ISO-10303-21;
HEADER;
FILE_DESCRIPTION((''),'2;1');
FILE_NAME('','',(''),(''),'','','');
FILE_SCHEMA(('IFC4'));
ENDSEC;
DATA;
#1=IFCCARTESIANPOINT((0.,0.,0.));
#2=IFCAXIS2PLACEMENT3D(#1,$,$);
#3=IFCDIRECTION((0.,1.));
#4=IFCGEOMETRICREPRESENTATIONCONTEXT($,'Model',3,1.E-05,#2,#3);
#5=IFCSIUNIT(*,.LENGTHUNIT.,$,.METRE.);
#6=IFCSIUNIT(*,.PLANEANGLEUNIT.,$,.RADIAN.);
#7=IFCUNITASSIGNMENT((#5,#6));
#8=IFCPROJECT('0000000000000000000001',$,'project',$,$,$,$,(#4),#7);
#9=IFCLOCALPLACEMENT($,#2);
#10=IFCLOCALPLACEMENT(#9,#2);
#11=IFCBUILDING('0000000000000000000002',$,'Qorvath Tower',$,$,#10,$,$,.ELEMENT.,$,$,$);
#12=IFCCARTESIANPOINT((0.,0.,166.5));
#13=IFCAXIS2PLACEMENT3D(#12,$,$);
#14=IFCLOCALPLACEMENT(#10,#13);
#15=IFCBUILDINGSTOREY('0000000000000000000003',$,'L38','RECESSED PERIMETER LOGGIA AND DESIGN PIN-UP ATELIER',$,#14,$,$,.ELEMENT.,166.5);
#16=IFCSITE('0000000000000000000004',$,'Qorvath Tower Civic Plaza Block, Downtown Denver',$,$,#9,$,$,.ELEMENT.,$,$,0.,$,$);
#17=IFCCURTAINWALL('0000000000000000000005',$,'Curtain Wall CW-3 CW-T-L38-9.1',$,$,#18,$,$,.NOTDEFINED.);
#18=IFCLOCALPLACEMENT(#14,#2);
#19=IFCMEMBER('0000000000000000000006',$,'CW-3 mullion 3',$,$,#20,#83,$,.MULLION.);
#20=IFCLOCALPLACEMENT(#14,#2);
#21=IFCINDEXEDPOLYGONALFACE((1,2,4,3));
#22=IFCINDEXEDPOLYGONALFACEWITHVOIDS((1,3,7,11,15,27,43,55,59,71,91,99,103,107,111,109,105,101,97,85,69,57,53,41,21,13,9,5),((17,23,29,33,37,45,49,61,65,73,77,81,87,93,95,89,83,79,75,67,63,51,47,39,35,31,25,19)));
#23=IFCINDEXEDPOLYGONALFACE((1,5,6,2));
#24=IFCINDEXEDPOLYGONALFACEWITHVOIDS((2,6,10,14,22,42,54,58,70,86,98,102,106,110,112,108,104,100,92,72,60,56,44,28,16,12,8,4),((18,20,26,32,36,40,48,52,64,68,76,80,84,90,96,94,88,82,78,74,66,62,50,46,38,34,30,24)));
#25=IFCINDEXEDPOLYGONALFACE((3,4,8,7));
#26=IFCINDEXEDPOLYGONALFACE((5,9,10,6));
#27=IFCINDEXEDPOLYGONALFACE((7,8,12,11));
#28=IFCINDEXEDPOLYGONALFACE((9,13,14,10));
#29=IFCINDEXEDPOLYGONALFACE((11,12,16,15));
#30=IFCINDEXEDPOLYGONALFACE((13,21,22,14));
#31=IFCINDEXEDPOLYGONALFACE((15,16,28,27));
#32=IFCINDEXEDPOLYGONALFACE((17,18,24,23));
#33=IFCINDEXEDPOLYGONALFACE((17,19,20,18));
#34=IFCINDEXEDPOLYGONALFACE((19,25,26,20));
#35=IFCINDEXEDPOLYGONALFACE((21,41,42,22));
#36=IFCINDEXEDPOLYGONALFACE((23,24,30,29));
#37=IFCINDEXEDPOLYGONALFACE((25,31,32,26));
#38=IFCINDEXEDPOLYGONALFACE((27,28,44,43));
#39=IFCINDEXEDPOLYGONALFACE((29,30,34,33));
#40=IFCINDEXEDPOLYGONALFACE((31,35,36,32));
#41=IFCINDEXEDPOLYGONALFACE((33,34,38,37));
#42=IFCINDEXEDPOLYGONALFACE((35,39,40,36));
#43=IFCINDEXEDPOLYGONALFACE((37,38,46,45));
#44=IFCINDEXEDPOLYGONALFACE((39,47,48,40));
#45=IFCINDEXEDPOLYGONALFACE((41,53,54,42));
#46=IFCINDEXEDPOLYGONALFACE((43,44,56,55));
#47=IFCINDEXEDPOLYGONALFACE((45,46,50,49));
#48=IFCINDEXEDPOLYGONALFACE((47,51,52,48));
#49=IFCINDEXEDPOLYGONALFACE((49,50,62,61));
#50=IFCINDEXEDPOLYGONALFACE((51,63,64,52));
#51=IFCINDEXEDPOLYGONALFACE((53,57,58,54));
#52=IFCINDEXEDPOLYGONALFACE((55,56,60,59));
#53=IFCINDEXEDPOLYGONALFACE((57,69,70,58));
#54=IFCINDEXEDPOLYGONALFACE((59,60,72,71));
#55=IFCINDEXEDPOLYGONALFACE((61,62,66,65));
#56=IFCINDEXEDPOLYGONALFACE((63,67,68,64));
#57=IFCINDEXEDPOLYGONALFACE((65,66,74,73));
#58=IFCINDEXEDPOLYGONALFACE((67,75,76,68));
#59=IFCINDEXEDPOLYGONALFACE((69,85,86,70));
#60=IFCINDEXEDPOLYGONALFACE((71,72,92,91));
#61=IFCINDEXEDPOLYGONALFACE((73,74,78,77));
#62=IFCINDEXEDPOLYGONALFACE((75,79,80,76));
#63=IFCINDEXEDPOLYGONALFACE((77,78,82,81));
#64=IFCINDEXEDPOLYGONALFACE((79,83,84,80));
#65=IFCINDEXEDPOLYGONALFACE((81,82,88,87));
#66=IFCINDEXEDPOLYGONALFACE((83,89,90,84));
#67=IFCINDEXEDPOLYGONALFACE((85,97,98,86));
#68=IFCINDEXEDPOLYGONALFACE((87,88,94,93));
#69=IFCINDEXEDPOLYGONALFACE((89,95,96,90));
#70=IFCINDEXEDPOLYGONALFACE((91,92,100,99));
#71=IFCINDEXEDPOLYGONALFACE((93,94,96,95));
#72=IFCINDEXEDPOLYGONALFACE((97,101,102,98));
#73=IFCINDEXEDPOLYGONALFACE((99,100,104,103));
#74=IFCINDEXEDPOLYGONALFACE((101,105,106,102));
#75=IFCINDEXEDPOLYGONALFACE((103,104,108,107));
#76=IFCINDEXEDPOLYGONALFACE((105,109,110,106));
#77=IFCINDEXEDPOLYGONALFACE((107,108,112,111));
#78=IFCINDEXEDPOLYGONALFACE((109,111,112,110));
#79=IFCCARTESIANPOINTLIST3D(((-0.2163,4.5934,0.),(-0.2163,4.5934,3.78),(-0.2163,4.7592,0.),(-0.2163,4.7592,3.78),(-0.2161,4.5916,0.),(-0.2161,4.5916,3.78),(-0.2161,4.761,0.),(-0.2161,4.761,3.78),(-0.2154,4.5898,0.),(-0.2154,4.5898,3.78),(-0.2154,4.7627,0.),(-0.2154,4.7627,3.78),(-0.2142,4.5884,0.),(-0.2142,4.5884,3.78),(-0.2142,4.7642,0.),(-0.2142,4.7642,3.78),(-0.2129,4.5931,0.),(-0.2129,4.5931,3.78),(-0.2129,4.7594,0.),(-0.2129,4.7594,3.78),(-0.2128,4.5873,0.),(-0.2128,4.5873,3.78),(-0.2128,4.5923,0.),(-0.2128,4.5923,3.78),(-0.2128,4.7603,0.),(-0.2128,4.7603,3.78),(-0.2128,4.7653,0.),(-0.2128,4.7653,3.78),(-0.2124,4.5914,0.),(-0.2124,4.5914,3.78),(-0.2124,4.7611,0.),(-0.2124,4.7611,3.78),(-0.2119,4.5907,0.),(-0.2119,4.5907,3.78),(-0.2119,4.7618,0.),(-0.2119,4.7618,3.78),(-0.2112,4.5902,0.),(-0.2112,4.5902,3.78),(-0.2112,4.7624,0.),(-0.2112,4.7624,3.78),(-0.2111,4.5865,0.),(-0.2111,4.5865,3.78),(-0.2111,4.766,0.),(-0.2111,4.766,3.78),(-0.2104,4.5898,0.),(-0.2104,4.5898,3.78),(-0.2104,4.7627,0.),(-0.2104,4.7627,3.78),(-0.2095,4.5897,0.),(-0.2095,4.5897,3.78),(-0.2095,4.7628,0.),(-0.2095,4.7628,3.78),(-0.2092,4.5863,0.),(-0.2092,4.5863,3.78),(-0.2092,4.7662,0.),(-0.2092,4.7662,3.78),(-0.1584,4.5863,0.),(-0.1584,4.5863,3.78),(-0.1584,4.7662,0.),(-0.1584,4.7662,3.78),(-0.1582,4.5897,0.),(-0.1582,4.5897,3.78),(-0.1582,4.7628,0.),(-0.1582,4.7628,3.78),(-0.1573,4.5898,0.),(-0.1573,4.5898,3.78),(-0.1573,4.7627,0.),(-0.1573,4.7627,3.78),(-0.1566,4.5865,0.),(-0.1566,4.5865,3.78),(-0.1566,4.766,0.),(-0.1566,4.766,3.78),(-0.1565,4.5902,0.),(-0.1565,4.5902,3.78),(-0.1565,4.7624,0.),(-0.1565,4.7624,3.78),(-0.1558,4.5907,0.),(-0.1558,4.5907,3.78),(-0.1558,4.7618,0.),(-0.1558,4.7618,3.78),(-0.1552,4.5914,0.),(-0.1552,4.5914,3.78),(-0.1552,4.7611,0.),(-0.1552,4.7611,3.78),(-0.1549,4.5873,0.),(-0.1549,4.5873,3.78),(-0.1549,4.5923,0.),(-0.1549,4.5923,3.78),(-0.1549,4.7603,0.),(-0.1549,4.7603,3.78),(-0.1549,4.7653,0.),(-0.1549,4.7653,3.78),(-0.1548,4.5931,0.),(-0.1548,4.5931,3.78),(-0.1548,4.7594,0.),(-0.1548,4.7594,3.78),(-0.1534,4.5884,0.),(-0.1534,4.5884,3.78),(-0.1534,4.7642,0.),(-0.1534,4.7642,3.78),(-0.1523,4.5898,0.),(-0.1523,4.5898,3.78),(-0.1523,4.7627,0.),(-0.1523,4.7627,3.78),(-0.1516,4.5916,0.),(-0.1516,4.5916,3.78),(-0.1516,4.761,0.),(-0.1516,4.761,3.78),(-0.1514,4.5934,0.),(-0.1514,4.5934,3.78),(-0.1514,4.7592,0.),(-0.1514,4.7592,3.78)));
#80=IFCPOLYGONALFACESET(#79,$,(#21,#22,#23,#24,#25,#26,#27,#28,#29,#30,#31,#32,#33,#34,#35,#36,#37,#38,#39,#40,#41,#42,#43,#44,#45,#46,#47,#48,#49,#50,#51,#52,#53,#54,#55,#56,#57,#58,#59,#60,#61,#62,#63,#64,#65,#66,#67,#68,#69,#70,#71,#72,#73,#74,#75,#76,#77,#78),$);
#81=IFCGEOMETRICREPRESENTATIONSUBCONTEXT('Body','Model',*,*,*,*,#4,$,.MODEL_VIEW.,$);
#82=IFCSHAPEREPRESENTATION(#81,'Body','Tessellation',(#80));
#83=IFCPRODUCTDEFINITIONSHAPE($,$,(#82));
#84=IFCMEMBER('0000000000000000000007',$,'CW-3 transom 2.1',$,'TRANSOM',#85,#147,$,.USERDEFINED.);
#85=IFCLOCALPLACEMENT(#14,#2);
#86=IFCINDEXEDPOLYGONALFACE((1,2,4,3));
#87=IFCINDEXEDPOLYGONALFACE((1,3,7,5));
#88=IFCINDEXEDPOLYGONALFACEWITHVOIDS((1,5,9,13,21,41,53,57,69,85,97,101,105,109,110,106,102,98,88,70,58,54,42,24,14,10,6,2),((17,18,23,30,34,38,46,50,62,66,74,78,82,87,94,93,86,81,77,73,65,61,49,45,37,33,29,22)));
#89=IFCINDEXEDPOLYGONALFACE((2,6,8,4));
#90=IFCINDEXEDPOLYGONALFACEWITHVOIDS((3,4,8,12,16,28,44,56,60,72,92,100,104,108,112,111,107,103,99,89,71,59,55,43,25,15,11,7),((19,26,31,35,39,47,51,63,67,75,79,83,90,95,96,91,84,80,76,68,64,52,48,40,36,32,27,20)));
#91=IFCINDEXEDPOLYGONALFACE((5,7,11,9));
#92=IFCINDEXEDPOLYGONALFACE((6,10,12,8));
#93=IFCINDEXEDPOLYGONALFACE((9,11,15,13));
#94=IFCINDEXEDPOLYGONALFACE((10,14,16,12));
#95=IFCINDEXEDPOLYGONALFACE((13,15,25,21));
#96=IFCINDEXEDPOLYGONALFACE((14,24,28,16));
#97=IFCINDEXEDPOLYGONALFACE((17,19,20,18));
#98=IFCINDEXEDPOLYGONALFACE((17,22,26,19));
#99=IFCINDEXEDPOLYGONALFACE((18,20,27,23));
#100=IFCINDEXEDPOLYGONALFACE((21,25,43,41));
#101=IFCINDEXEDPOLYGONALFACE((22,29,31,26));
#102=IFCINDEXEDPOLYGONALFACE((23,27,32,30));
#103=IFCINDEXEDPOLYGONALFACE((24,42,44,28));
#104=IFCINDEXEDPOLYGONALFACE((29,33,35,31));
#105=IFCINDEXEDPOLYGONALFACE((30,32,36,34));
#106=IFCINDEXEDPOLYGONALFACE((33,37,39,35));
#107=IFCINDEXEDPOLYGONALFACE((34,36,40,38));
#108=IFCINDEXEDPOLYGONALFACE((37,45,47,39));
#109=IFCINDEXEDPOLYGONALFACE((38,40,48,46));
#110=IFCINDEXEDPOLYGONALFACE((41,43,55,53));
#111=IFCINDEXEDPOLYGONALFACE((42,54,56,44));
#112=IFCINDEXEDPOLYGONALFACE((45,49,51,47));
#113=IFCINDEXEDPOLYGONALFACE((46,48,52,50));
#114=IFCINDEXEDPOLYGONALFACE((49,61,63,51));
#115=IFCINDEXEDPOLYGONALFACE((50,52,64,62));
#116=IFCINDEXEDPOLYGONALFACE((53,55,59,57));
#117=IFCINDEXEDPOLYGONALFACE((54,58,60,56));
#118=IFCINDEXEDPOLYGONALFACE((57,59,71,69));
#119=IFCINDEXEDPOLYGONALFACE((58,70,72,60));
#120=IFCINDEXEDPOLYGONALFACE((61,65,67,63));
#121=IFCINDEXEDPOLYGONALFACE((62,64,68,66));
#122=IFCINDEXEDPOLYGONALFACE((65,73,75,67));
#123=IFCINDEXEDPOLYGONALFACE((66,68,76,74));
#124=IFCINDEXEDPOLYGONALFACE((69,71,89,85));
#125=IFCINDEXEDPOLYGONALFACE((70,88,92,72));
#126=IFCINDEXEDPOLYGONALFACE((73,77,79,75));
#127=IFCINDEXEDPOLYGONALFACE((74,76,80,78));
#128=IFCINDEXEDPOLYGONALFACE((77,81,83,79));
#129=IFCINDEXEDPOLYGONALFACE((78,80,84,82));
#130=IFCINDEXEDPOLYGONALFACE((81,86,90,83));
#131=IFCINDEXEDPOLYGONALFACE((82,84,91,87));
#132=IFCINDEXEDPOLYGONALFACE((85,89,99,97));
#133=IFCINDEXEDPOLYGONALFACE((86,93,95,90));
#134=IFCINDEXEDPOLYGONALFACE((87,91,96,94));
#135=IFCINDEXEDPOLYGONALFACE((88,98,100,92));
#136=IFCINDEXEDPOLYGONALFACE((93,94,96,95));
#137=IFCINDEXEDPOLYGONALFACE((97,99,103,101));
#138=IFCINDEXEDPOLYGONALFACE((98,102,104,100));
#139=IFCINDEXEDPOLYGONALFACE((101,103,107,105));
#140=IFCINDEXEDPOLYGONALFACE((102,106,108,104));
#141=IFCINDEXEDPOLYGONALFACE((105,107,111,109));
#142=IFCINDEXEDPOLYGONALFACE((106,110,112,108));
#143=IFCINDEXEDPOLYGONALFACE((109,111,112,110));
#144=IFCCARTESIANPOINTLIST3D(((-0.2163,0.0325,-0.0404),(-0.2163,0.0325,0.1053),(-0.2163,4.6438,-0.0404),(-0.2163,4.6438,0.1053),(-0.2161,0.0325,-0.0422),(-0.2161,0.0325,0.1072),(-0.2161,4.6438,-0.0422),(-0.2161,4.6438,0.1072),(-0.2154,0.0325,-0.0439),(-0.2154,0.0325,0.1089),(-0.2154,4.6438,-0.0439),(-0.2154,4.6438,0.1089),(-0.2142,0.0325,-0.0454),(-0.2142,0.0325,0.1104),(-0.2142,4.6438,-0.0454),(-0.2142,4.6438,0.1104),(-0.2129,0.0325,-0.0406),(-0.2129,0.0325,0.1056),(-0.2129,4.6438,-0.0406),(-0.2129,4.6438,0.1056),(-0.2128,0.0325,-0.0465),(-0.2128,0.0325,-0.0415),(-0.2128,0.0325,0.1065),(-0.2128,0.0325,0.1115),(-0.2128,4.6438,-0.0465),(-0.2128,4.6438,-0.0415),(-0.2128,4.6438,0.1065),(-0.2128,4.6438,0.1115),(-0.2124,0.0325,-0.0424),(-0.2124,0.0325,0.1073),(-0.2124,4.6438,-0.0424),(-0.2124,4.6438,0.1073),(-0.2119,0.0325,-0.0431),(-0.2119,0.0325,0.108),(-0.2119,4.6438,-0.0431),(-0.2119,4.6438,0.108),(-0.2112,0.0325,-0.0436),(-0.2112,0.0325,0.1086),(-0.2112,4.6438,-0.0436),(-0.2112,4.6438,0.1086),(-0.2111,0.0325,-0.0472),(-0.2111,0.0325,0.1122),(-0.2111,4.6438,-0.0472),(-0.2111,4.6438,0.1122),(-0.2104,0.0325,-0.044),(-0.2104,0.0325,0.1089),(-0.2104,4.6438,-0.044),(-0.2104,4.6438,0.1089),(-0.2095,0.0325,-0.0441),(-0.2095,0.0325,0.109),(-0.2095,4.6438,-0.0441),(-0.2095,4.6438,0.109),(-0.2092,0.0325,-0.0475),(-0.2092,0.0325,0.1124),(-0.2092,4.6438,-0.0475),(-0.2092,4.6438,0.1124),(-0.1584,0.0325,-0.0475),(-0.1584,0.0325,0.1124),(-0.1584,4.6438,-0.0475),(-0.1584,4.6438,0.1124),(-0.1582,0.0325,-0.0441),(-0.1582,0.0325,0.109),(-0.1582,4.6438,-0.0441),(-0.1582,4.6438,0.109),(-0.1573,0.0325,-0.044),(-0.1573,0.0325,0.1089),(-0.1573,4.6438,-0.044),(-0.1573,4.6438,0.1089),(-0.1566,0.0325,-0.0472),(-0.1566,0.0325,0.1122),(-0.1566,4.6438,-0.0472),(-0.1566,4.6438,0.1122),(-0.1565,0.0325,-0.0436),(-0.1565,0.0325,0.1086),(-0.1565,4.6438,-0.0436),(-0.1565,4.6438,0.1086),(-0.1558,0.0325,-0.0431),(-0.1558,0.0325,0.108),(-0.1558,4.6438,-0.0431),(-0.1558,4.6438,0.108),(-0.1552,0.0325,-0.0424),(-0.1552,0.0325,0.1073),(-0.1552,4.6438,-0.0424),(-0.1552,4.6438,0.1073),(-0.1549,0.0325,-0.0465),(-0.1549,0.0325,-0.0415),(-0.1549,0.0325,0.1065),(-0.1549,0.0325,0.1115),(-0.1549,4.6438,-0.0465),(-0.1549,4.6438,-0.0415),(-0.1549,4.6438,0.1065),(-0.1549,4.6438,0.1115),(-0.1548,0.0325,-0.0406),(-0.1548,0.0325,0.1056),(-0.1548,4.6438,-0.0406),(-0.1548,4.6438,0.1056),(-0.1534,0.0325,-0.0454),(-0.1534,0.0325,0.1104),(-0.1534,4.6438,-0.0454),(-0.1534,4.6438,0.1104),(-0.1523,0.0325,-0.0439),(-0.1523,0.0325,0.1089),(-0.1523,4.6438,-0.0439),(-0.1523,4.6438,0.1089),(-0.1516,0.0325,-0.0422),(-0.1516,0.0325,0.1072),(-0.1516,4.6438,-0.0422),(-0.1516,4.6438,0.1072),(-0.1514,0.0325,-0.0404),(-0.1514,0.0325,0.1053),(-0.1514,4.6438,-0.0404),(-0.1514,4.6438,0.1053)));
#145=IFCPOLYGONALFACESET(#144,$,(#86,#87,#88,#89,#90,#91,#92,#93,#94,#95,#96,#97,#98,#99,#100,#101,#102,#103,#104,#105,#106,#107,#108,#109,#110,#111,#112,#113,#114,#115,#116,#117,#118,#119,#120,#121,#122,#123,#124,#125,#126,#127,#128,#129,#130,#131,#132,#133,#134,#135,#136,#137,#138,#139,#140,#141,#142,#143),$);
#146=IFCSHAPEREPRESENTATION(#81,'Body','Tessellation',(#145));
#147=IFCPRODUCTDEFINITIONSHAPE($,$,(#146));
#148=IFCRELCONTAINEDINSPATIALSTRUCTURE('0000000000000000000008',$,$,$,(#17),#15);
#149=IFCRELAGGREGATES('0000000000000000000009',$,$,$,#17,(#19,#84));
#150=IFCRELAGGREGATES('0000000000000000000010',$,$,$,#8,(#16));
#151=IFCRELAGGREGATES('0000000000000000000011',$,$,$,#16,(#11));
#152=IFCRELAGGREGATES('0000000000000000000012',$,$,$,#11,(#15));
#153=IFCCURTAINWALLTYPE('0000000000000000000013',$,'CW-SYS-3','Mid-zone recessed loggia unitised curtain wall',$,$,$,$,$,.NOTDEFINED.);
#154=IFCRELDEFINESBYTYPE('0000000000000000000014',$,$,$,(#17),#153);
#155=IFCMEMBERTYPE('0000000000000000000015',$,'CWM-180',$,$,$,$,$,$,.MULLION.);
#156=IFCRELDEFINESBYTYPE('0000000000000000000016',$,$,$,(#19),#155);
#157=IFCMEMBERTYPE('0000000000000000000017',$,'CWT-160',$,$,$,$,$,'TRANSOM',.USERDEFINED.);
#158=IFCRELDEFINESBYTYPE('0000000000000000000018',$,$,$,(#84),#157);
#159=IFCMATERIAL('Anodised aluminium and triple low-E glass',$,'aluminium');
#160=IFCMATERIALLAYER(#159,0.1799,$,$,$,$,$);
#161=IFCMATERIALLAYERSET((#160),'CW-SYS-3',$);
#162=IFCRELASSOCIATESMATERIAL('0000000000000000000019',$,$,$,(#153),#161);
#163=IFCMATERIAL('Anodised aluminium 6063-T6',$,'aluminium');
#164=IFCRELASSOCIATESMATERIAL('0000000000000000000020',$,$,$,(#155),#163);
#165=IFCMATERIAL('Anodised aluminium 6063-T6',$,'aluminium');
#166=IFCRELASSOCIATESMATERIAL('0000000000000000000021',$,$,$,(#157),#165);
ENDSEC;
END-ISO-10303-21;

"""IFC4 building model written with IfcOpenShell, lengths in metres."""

from ifc_helpers import new_model, si_unit, direction, frame, origin, origin_2d, place, context, subcontext, project, spatial, hollow_rectangle, extrude, material, layer, layer_set, material_profile, profile_set, type_object, element, aggregate, save


model = new_model("IFC4")

# Units and contexts
model_context = context("Model", 3, precision=1e-05, world=origin(), true_north=direction((0.0, 1.0)))
body_context = subcontext(model_context, "Body", "Model", "MODEL_VIEW")
ifc_project = project(units=[si_unit("LENGTHUNIT", "METRE"), si_unit("PLANEANGLEUNIT", "RADIAN")], contexts=[model_context])

# Site, building, storey
site_placement = place(None, origin())
site = spatial("IfcSite", under=ifc_project, at=site_placement, Name="Qorvath Tower Civic Plaza Block, Downtown Denver", CompositionType="ELEMENT", RefElevation=0.0)
building_placement = place(site_placement, origin())
building = spatial("IfcBuilding", under=site, at=building_placement, Name="Qorvath Tower", CompositionType="ELEMENT")
storey_placement = place(building_placement, frame((0.0, 0.0, 166.5)))
storey = spatial("IfcBuildingStorey", under=building, at=storey_placement, Name="L38", Description="RECESSED PERIMETER LOGGIA AND DESIGN PIN-UP ATELIER", CompositionType="ELEMENT", Elevation=166.5)

# Curtain wall, members
ifc_material_1 = material(Name="Anodised aluminium and triple low-E glass", Category="aluminium")
ifc_layer_1 = layer(ifc_material_1, 0.1799)
ifc_layer_set_1 = layer_set([ifc_layer_1], Name="CW-SYS-3")
curtain_wall_type = type_object("IfcCurtainWallType", Name="CW-SYS-3", Description="Mid-zone recessed loggia unitised curtain wall", PredefinedType="NOTDEFINED", material=ifc_layer_set_1)
curtain_wall_placement = place(storey_placement, origin())
curtain_wall = element("IfcCurtainWall", 1, at=curtain_wall_placement, inside=storey, type_object=curtain_wall_type, Name="Curtain Wall CW-3 CW-T-L38-9.1", PredefinedType="NOTDEFINED")
ifc_material_2 = material(Name="Anodised aluminium 6063-T6", Category="aluminium")
ifc_material_profile_1 = material_profile(ifc_material_2, hollow_rectangle(XDim=0.0649, YDim=0.1799, WallThickness=0.0034, InnerFilletRadius=0.0034, OuterFilletRadius=0.0071, at=origin_2d()), Name="CWM 180x65")
ifc_profile_set_1 = profile_set([ifc_material_profile_1], Name="Anodised aluminium 6063-T6")
member_type_1 = type_object("IfcMemberType", Name="CWM-180", PredefinedType="MULLION", material=ifc_profile_set_1)
member_1_placement = place(storey_placement, frame((-0.1838, 4.6763, 0.0), z_axis=(0.0, 0.0, 1.0), x_axis=(-1.0, 0.0, 0.0)))
member_1 = element("IfcMember", 2, at=member_1_placement, type_object=member_type_1, Name="CW-3 mullion 3", PredefinedType="MULLION", context=body_context, shape_type="SweptSolid", body=[
    extrude(hollow_rectangle(XDim=0.0649, YDim=0.1799, WallThickness=0.0034, InnerFilletRadius=0.0034, OuterFilletRadius=0.0071, at=origin_2d()), origin(), (0.0, 0.0, 1.0), 3.78),
])
ifc_material_3 = material(Name="Anodised aluminium 6063-T6", Category="aluminium")
ifc_material_profile_2 = material_profile(ifc_material_3, hollow_rectangle(XDim=0.0649, YDim=0.1599, WallThickness=0.0034, InnerFilletRadius=0.0034, OuterFilletRadius=0.0071, at=origin_2d()), Name="CWT 160x65")
ifc_profile_set_2 = profile_set([ifc_material_profile_2], Name="Anodised aluminium 6063-T6")
member_type_2 = type_object("IfcMemberType", Name="CWT-160", ElementType="TRANSOM", PredefinedType="USERDEFINED", material=ifc_profile_set_2)
member_2_placement = place(storey_placement, frame((-0.1838, 0.0325, 0.0325), z_axis=(0.0, 1.0, 0.0), x_axis=(-1.0, 0.0, 0.0)))
member_2 = element("IfcMember", 3, at=member_2_placement, type_object=member_type_2, Name="CW-3 transom 2.1", ObjectType="TRANSOM", PredefinedType="USERDEFINED", context=body_context, shape_type="SweptSolid", body=[
    extrude(hollow_rectangle(XDim=0.0649, YDim=0.1599, WallThickness=0.0034, InnerFilletRadius=0.0034, OuterFilletRadius=0.0071, at=origin_2d()), origin(), (0.0, 0.0, 1.0), 4.6113),
])
aggregate(curtain_wall, [member_1, member_2])

save(model, "model.ifc")
